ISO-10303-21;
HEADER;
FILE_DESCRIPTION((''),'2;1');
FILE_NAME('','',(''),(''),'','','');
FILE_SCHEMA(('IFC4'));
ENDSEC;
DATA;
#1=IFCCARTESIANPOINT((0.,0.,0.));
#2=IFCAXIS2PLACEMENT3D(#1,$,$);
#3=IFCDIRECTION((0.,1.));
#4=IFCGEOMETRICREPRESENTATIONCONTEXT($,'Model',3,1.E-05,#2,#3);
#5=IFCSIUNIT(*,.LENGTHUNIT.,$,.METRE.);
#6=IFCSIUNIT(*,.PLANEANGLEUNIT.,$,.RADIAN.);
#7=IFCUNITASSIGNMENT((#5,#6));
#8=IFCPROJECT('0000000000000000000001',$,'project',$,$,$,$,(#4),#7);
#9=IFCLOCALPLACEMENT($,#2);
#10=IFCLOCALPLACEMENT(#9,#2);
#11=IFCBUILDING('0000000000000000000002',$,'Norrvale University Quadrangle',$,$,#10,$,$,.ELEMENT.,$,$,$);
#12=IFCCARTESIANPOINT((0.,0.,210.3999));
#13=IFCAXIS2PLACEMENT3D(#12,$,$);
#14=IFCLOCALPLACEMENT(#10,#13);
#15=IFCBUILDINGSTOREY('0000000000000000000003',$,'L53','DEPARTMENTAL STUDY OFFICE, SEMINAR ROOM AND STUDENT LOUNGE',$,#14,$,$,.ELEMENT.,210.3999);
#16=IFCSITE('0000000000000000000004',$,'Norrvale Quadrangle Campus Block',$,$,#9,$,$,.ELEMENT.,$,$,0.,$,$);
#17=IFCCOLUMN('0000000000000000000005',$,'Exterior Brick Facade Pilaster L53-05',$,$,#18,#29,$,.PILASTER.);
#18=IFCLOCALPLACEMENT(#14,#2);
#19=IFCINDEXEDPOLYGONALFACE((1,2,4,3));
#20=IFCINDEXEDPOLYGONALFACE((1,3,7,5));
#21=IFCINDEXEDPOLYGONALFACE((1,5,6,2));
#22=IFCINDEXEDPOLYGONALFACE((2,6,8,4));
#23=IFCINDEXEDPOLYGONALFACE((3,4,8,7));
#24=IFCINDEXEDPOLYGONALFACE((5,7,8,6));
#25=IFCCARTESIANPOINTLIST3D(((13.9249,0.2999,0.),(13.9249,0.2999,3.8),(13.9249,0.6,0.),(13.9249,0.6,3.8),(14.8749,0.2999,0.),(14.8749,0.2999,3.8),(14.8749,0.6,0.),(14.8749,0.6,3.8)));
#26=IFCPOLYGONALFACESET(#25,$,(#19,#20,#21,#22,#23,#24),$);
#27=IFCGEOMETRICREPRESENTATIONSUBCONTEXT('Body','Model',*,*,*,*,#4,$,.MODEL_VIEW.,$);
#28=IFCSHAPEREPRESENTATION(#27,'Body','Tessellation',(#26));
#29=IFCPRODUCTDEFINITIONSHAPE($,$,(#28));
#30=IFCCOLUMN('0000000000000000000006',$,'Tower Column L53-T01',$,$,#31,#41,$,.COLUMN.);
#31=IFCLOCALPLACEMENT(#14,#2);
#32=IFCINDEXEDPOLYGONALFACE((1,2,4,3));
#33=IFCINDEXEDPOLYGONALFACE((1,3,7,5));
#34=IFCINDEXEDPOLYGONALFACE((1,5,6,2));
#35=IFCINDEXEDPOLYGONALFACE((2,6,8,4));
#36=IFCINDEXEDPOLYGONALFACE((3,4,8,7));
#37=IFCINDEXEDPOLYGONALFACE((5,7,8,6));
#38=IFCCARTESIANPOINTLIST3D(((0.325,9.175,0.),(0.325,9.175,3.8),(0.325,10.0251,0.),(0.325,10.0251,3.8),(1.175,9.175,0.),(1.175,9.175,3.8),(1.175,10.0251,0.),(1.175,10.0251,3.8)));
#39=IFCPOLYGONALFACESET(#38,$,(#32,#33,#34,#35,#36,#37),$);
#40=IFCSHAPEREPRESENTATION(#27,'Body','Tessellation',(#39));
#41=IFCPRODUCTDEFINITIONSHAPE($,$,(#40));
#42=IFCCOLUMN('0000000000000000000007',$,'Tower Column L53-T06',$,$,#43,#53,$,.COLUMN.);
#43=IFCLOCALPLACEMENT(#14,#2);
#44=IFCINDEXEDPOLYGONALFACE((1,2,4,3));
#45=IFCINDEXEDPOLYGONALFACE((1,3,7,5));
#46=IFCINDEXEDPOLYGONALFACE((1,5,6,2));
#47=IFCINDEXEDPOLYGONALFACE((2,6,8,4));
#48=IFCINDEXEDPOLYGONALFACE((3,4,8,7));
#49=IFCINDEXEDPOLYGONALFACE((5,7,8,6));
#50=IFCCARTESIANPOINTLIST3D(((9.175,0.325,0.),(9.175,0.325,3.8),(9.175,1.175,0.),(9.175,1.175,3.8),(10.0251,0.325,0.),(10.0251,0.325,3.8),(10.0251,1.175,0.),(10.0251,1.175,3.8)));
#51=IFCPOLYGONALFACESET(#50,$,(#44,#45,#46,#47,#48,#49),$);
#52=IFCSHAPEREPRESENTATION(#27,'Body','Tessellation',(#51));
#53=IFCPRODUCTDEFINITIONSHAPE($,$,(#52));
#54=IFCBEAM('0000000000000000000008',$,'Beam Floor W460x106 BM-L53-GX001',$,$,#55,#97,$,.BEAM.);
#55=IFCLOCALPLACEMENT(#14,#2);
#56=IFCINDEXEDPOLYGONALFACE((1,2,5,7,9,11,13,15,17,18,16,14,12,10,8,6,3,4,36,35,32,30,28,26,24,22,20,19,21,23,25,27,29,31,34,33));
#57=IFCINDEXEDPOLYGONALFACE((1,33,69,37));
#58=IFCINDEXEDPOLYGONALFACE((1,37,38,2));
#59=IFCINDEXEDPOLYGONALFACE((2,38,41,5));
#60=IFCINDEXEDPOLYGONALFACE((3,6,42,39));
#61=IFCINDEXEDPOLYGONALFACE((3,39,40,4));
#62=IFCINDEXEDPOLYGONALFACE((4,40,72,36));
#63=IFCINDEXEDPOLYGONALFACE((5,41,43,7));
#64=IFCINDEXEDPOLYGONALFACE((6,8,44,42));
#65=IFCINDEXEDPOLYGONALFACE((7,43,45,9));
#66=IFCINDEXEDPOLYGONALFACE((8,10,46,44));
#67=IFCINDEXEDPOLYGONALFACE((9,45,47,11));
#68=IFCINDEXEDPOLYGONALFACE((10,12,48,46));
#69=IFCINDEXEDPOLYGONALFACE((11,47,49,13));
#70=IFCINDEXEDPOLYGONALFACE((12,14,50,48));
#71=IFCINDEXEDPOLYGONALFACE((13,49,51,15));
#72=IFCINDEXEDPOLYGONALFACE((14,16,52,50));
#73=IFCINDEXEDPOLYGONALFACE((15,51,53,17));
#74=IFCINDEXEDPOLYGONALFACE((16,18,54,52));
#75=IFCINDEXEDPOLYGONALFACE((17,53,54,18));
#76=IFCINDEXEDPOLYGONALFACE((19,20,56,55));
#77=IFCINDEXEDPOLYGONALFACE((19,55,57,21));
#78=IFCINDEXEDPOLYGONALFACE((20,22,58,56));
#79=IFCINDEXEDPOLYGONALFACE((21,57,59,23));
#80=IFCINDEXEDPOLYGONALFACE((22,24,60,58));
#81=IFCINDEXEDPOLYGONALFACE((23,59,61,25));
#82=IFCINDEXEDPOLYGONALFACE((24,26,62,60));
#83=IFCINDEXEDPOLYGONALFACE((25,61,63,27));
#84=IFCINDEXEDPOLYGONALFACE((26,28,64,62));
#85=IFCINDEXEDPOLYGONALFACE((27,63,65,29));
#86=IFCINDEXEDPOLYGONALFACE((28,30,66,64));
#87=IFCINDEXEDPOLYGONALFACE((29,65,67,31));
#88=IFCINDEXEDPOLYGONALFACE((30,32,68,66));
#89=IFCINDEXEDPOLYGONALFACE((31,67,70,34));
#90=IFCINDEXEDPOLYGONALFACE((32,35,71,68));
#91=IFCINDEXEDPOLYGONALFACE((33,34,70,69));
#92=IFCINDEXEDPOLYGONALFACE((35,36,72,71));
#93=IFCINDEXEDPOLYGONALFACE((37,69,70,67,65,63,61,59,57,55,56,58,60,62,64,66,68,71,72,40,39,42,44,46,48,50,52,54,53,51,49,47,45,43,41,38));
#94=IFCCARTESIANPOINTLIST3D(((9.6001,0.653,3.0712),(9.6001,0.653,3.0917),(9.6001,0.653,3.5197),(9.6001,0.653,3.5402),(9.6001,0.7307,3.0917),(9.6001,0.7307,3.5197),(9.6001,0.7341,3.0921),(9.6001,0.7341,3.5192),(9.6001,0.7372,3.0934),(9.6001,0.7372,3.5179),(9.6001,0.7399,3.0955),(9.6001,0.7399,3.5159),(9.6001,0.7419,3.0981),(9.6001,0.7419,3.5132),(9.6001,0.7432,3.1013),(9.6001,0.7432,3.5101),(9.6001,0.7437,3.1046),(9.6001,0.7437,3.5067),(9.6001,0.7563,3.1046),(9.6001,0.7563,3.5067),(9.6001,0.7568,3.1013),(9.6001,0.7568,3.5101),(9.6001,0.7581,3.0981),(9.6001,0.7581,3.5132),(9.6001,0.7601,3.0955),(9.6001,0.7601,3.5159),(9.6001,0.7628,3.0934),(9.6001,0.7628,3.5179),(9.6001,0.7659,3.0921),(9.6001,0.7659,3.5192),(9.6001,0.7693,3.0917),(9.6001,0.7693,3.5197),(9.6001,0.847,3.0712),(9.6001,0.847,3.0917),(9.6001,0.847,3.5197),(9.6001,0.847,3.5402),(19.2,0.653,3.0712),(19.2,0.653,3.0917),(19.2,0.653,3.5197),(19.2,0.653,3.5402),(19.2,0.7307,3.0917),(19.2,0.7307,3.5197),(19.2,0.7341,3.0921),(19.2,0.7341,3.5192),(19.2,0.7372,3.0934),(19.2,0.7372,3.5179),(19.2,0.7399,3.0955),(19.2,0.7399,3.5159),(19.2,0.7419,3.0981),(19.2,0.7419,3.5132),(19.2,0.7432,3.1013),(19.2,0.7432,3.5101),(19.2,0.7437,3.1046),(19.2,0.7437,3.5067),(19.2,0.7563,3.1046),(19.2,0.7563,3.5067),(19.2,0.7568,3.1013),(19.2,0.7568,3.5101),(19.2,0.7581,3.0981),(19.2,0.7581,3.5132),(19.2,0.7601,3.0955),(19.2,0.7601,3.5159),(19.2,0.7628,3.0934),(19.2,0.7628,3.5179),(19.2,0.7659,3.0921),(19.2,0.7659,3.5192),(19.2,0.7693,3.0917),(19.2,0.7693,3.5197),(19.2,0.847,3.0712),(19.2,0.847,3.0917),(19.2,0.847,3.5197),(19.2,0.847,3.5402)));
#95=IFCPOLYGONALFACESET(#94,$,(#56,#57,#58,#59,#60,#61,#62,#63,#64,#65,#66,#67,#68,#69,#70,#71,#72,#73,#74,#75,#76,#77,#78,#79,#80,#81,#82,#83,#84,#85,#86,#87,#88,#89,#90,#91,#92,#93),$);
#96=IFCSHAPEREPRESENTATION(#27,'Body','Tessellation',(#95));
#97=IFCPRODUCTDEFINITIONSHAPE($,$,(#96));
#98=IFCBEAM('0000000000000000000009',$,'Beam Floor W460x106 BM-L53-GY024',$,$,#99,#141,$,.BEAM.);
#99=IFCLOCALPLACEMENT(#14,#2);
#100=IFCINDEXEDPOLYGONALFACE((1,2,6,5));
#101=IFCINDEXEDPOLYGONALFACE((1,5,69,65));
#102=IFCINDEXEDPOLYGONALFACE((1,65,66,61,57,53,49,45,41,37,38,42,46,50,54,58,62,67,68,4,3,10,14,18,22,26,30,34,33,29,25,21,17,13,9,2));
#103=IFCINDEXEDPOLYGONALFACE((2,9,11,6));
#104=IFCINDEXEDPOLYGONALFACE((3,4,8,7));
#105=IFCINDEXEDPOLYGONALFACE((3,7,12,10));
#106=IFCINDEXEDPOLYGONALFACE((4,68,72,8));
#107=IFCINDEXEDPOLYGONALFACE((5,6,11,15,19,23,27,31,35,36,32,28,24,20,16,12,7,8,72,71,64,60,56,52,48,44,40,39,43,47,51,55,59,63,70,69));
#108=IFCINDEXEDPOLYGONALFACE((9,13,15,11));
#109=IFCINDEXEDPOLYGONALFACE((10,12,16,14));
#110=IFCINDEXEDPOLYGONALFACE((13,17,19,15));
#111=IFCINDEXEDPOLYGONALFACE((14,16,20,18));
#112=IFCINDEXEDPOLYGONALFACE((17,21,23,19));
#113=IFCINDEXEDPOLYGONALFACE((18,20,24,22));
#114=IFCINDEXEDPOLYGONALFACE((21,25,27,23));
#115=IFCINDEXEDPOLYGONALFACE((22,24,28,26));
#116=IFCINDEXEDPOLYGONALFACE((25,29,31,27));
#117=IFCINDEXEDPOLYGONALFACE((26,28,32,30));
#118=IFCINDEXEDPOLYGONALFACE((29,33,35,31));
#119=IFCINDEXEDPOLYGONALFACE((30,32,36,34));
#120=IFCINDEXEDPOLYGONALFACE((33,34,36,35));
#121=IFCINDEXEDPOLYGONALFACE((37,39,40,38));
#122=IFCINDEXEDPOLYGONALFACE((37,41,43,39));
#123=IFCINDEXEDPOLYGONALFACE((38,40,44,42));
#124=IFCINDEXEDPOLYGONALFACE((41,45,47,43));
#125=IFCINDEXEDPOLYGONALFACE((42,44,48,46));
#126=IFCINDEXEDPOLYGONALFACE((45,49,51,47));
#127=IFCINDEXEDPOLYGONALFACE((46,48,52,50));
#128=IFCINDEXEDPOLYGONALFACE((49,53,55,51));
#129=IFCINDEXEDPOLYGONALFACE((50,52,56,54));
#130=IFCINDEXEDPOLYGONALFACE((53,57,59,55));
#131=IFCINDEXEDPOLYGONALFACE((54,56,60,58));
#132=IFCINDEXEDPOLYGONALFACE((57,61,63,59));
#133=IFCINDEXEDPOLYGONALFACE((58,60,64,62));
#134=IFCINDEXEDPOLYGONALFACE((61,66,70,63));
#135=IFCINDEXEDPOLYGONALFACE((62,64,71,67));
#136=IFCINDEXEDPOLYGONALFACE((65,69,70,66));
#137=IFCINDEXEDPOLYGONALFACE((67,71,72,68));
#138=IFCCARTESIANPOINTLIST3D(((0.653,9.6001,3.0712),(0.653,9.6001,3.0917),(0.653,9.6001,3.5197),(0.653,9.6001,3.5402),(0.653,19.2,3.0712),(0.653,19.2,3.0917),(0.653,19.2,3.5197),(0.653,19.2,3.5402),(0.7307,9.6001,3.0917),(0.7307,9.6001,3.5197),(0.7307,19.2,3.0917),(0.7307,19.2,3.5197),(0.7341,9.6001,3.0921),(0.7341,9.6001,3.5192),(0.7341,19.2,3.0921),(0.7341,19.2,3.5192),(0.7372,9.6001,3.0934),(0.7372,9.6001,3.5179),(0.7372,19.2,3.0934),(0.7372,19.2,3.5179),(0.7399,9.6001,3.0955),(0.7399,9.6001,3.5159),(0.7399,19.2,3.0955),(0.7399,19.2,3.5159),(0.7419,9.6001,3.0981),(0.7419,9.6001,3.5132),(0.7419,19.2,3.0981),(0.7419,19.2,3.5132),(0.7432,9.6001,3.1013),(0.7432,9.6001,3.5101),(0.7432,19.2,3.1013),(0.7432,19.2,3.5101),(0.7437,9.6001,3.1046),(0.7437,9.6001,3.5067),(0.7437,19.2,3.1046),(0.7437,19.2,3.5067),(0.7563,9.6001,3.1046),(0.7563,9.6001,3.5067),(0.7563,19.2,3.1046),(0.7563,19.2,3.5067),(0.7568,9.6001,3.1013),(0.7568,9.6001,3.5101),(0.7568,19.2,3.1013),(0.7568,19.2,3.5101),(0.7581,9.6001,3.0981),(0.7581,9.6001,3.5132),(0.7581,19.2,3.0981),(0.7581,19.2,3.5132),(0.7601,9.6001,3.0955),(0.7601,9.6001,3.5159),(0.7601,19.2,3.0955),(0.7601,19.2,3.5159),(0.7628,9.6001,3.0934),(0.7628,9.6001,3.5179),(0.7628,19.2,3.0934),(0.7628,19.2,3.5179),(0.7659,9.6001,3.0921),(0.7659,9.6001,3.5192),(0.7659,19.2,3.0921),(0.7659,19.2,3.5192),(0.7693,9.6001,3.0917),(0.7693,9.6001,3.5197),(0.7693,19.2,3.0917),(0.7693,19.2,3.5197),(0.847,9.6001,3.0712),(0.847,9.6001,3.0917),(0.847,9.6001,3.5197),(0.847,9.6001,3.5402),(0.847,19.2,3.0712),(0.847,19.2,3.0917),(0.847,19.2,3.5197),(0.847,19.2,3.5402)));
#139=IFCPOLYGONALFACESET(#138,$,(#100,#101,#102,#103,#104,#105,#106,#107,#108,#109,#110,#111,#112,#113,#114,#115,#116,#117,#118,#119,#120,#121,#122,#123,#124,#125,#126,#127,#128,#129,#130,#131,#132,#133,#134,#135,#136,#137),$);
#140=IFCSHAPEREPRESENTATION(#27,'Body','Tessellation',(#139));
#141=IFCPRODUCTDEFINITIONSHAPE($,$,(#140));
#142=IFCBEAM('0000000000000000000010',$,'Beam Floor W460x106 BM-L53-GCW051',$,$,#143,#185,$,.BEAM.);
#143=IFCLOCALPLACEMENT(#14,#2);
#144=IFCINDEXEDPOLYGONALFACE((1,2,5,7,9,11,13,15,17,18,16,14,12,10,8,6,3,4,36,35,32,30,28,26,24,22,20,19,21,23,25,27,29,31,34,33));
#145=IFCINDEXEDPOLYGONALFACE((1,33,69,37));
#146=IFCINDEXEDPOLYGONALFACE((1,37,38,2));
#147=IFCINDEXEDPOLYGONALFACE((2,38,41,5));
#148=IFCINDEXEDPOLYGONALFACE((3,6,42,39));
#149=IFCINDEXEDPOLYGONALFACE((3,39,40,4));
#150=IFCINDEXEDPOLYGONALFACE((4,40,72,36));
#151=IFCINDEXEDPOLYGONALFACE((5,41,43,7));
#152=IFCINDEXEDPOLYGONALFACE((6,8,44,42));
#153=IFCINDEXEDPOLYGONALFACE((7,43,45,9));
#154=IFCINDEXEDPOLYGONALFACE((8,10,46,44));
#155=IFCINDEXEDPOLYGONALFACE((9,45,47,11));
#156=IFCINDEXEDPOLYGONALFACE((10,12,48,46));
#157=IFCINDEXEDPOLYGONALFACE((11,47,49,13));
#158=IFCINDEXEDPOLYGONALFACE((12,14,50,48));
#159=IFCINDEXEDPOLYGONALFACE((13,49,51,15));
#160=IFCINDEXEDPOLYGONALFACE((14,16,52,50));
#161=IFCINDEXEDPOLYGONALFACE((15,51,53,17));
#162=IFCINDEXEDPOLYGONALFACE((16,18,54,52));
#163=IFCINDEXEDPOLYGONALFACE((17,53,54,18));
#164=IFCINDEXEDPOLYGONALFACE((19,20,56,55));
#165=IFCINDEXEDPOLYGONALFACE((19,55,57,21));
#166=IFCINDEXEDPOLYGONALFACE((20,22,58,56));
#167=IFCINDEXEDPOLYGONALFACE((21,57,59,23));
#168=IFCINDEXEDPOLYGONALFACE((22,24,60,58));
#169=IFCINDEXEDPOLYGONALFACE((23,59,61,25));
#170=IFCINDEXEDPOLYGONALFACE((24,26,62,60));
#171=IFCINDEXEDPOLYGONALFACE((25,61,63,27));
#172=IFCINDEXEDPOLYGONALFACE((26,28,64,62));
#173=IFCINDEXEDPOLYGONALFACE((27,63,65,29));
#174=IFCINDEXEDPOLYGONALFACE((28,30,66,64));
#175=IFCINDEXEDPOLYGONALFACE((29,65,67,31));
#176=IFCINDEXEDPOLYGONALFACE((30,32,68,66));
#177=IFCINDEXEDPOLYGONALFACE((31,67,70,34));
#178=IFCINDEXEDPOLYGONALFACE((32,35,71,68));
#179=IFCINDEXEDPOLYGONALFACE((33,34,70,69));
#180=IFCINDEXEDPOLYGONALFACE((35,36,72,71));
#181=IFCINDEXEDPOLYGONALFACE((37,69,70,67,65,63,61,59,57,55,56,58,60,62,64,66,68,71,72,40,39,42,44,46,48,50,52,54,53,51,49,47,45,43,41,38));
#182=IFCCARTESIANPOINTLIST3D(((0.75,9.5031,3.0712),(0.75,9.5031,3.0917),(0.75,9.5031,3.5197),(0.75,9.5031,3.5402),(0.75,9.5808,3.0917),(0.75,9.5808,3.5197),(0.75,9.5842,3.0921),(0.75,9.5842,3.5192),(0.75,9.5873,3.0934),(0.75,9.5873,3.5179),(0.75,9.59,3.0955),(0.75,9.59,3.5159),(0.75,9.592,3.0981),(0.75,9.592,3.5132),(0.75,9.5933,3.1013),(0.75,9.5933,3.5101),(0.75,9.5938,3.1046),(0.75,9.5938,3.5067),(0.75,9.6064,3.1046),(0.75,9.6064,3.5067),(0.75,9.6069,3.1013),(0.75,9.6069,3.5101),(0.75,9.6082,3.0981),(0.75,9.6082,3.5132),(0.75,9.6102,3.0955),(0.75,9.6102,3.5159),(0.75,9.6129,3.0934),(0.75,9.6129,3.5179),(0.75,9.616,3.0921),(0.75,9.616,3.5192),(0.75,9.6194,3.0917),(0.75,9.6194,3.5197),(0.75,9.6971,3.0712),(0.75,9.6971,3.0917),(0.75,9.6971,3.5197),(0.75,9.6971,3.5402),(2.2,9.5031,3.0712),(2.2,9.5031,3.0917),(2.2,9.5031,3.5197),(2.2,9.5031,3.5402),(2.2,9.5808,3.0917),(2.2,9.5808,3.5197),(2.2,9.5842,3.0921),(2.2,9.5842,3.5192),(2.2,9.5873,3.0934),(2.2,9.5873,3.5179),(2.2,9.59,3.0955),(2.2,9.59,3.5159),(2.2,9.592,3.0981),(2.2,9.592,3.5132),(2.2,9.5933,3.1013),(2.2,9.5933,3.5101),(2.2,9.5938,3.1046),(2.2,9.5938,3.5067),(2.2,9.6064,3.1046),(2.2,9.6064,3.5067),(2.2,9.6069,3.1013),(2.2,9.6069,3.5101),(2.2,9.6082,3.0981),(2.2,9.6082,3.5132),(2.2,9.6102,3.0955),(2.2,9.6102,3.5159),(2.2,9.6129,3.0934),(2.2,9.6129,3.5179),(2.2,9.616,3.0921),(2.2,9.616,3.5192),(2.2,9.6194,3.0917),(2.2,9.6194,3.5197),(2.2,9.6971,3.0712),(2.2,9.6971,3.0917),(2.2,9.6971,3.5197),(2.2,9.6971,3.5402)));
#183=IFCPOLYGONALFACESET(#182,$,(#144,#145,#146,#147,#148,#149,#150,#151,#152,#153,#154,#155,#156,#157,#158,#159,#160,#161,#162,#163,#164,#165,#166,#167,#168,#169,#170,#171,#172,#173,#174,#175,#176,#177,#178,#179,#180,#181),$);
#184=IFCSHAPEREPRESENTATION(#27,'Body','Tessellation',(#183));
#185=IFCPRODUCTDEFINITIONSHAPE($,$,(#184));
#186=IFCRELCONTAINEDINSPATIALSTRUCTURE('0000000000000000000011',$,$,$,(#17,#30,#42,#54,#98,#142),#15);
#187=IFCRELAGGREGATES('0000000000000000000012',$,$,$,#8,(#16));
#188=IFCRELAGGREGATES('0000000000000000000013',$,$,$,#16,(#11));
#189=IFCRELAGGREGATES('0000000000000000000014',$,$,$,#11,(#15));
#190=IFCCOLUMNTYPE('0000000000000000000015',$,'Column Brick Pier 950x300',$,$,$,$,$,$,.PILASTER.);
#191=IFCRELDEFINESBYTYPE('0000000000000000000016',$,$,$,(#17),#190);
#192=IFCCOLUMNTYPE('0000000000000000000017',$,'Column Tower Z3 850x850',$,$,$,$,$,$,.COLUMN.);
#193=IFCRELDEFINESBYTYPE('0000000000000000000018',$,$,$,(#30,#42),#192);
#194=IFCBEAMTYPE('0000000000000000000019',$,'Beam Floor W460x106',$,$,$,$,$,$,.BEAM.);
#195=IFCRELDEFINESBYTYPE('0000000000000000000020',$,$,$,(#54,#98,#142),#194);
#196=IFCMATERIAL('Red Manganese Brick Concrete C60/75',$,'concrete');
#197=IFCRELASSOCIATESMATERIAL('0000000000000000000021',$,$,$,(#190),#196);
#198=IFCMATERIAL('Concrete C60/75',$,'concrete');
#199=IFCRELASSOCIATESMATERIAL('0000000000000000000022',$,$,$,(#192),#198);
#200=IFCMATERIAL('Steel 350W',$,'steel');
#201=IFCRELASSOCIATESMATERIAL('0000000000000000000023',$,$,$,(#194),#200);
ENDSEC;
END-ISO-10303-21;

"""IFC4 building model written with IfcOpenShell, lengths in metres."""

from ifc_helpers import new_model, si_unit, direction, frame, origin, origin_2d, place, context, subcontext, project, spatial, rectangle, i_section, extrude, material, material_profile, profile_set, type_object, element, save


model = new_model("IFC4")

# Units and contexts
model_context = context("Model", 3, precision=1e-05, world=origin(), true_north=direction((0.0, 1.0)))
body_context = subcontext(model_context, "Body", "Model", "MODEL_VIEW")
ifc_project = project(units=[si_unit("LENGTHUNIT", "METRE"), si_unit("PLANEANGLEUNIT", "RADIAN")], contexts=[model_context])

# Site, building, storey
site_placement = place(None, origin())
site = spatial("IfcSite", under=ifc_project, at=site_placement, Name="Norrvale Quadrangle Campus Block", CompositionType="ELEMENT", RefElevation=0.0)
building_placement = place(site_placement, origin())
building = spatial("IfcBuilding", under=site, at=building_placement, Name="Norrvale University Quadrangle", CompositionType="ELEMENT")
storey_placement = place(building_placement, frame((0.0, 0.0, 210.3999)))
storey = spatial("IfcBuildingStorey", under=building, at=storey_placement, Name="L53", Description="DEPARTMENTAL STUDY OFFICE, SEMINAR ROOM AND STUDENT LOUNGE", CompositionType="ELEMENT", Elevation=210.3999)

# Columns
ifc_material_1 = material(Name="Red Manganese Brick Concrete C60/75", Category="concrete")
ifc_material_profile_1 = material_profile(ifc_material_1, rectangle(XDim=0.95, YDim=0.3, at=origin_2d()), Name="Red Manganese Brick Concrete C60/75")
ifc_profile_set_1 = profile_set([ifc_material_profile_1], Name="Red Manganese Brick Concrete C60/75")
column_type_1 = type_object("IfcColumnType", Name="Column Brick Pier 950x300", PredefinedType="PILASTER", material=ifc_profile_set_1)
column_placement = place(storey_placement, frame((14.3999, 0.45, 0.0), z_axis=(0.0, 0.0, 1.0), x_axis=(1.0, 0.0, 0.0)))
element("IfcColumn", 1, at=column_placement, inside=storey, type_object=column_type_1, Name="Exterior Brick Facade Pilaster L53-05", PredefinedType="PILASTER", context=body_context, shape_type="SweptSolid", body=[
    extrude(rectangle(XDim=0.95, YDim=0.3, at=origin_2d()), origin(), (0.0, 0.0, 1.0), 3.8),
])
ifc_material_2 = material(Name="Concrete C60/75", Category="concrete")
ifc_material_profile_2 = material_profile(ifc_material_2, rectangle(XDim=0.8501, YDim=0.8501, at=origin_2d()), Name="Concrete C60/75")
ifc_profile_set_2 = profile_set([ifc_material_profile_2], Name="Concrete C60/75")
column_type_2 = type_object("IfcColumnType", Name="Column Tower Z3 850x850", PredefinedType="COLUMN", material=ifc_profile_set_2)
for number, where, z_axis, x_axis, name in (
    (2, (0.75, 9.6001, 0.0), (0.0, 0.0, 1.0), (1.0, 0.0, 0.0), "Tower Column L53-T01"),
    (3, (9.6001, 0.75, 0.0), (0.0, 0.0, 1.0), (1.0, 0.0, 0.0), "Tower Column L53-T06"),
):
    element("IfcColumn", number, at=place(storey_placement, frame(where, z_axis=z_axis, x_axis=x_axis)), inside=storey, type_object=column_type_2, Name=name, PredefinedType="COLUMN", context=body_context, shape_type="SweptSolid", body=[
        extrude(rectangle(XDim=0.8501, YDim=0.8501, at=origin_2d()), origin(), (0.0, 0.0, 1.0), 3.8),
    ])

# Beams
ifc_material_3 = material(Name="Steel 350W", Category="steel")
ifc_material_profile_3 = material_profile(ifc_material_3, i_section(OverallWidth=0.1941, OverallDepth=0.469, WebThickness=0.0127, FlangeThickness=0.0205, FilletRadius=0.0129, at=origin_2d()), Name="Steel 350W")
ifc_profile_set_3 = profile_set([ifc_material_profile_3], Name="Steel 350W")
beam_type_1 = type_object("IfcBeamType", Name="Beam Floor W460x106", PredefinedType="BEAM", material=ifc_profile_set_3)
for number, where, z_axis, x_axis, name in (
    (4, (9.6001, 0.75, 3.3057), (1.0, 0.0, 0.0), (0.0, 1.0, 0.0), "Beam Floor W460x106 BM-L53-GX001"),
    (5, (0.75, 9.6001, 3.3057), (0.0, 1.0, 0.0), (-1.0, 0.0, 0.0), "Beam Floor W460x106 BM-L53-GY024"),
):
    element("IfcBeam", number, at=place(storey_placement, frame(where, z_axis=z_axis, x_axis=x_axis)), inside=storey, type_object=beam_type_1, Name=name, PredefinedType="BEAM", context=body_context, shape_type="SweptSolid", body=[
        extrude(i_section(OverallWidth=0.1941, OverallDepth=0.469, WebThickness=0.0127, FlangeThickness=0.0205, FilletRadius=0.0129, at=origin_2d()), origin(), (0.0, 0.0, 1.0), 9.5999),
    ])
beam_1_placement = place(storey_placement, frame((0.75, 9.6001, 3.3057), z_axis=(1.0, 0.0, 0.0), x_axis=(0.0, 1.0, 0.0)))
element("IfcBeam", 6, at=beam_1_placement, inside=storey, type_object=beam_type_1, Name="Beam Floor W460x106 BM-L53-GCW051", PredefinedType="BEAM", context=body_context, shape_type="SweptSolid", body=[
    extrude(i_section(OverallWidth=0.1941, OverallDepth=0.469, WebThickness=0.0127, FlangeThickness=0.0205, FilletRadius=0.0129, at=origin_2d()), origin(), (0.0, 0.0, 1.0), 1.45),
])

save(model, "model.ifc")
